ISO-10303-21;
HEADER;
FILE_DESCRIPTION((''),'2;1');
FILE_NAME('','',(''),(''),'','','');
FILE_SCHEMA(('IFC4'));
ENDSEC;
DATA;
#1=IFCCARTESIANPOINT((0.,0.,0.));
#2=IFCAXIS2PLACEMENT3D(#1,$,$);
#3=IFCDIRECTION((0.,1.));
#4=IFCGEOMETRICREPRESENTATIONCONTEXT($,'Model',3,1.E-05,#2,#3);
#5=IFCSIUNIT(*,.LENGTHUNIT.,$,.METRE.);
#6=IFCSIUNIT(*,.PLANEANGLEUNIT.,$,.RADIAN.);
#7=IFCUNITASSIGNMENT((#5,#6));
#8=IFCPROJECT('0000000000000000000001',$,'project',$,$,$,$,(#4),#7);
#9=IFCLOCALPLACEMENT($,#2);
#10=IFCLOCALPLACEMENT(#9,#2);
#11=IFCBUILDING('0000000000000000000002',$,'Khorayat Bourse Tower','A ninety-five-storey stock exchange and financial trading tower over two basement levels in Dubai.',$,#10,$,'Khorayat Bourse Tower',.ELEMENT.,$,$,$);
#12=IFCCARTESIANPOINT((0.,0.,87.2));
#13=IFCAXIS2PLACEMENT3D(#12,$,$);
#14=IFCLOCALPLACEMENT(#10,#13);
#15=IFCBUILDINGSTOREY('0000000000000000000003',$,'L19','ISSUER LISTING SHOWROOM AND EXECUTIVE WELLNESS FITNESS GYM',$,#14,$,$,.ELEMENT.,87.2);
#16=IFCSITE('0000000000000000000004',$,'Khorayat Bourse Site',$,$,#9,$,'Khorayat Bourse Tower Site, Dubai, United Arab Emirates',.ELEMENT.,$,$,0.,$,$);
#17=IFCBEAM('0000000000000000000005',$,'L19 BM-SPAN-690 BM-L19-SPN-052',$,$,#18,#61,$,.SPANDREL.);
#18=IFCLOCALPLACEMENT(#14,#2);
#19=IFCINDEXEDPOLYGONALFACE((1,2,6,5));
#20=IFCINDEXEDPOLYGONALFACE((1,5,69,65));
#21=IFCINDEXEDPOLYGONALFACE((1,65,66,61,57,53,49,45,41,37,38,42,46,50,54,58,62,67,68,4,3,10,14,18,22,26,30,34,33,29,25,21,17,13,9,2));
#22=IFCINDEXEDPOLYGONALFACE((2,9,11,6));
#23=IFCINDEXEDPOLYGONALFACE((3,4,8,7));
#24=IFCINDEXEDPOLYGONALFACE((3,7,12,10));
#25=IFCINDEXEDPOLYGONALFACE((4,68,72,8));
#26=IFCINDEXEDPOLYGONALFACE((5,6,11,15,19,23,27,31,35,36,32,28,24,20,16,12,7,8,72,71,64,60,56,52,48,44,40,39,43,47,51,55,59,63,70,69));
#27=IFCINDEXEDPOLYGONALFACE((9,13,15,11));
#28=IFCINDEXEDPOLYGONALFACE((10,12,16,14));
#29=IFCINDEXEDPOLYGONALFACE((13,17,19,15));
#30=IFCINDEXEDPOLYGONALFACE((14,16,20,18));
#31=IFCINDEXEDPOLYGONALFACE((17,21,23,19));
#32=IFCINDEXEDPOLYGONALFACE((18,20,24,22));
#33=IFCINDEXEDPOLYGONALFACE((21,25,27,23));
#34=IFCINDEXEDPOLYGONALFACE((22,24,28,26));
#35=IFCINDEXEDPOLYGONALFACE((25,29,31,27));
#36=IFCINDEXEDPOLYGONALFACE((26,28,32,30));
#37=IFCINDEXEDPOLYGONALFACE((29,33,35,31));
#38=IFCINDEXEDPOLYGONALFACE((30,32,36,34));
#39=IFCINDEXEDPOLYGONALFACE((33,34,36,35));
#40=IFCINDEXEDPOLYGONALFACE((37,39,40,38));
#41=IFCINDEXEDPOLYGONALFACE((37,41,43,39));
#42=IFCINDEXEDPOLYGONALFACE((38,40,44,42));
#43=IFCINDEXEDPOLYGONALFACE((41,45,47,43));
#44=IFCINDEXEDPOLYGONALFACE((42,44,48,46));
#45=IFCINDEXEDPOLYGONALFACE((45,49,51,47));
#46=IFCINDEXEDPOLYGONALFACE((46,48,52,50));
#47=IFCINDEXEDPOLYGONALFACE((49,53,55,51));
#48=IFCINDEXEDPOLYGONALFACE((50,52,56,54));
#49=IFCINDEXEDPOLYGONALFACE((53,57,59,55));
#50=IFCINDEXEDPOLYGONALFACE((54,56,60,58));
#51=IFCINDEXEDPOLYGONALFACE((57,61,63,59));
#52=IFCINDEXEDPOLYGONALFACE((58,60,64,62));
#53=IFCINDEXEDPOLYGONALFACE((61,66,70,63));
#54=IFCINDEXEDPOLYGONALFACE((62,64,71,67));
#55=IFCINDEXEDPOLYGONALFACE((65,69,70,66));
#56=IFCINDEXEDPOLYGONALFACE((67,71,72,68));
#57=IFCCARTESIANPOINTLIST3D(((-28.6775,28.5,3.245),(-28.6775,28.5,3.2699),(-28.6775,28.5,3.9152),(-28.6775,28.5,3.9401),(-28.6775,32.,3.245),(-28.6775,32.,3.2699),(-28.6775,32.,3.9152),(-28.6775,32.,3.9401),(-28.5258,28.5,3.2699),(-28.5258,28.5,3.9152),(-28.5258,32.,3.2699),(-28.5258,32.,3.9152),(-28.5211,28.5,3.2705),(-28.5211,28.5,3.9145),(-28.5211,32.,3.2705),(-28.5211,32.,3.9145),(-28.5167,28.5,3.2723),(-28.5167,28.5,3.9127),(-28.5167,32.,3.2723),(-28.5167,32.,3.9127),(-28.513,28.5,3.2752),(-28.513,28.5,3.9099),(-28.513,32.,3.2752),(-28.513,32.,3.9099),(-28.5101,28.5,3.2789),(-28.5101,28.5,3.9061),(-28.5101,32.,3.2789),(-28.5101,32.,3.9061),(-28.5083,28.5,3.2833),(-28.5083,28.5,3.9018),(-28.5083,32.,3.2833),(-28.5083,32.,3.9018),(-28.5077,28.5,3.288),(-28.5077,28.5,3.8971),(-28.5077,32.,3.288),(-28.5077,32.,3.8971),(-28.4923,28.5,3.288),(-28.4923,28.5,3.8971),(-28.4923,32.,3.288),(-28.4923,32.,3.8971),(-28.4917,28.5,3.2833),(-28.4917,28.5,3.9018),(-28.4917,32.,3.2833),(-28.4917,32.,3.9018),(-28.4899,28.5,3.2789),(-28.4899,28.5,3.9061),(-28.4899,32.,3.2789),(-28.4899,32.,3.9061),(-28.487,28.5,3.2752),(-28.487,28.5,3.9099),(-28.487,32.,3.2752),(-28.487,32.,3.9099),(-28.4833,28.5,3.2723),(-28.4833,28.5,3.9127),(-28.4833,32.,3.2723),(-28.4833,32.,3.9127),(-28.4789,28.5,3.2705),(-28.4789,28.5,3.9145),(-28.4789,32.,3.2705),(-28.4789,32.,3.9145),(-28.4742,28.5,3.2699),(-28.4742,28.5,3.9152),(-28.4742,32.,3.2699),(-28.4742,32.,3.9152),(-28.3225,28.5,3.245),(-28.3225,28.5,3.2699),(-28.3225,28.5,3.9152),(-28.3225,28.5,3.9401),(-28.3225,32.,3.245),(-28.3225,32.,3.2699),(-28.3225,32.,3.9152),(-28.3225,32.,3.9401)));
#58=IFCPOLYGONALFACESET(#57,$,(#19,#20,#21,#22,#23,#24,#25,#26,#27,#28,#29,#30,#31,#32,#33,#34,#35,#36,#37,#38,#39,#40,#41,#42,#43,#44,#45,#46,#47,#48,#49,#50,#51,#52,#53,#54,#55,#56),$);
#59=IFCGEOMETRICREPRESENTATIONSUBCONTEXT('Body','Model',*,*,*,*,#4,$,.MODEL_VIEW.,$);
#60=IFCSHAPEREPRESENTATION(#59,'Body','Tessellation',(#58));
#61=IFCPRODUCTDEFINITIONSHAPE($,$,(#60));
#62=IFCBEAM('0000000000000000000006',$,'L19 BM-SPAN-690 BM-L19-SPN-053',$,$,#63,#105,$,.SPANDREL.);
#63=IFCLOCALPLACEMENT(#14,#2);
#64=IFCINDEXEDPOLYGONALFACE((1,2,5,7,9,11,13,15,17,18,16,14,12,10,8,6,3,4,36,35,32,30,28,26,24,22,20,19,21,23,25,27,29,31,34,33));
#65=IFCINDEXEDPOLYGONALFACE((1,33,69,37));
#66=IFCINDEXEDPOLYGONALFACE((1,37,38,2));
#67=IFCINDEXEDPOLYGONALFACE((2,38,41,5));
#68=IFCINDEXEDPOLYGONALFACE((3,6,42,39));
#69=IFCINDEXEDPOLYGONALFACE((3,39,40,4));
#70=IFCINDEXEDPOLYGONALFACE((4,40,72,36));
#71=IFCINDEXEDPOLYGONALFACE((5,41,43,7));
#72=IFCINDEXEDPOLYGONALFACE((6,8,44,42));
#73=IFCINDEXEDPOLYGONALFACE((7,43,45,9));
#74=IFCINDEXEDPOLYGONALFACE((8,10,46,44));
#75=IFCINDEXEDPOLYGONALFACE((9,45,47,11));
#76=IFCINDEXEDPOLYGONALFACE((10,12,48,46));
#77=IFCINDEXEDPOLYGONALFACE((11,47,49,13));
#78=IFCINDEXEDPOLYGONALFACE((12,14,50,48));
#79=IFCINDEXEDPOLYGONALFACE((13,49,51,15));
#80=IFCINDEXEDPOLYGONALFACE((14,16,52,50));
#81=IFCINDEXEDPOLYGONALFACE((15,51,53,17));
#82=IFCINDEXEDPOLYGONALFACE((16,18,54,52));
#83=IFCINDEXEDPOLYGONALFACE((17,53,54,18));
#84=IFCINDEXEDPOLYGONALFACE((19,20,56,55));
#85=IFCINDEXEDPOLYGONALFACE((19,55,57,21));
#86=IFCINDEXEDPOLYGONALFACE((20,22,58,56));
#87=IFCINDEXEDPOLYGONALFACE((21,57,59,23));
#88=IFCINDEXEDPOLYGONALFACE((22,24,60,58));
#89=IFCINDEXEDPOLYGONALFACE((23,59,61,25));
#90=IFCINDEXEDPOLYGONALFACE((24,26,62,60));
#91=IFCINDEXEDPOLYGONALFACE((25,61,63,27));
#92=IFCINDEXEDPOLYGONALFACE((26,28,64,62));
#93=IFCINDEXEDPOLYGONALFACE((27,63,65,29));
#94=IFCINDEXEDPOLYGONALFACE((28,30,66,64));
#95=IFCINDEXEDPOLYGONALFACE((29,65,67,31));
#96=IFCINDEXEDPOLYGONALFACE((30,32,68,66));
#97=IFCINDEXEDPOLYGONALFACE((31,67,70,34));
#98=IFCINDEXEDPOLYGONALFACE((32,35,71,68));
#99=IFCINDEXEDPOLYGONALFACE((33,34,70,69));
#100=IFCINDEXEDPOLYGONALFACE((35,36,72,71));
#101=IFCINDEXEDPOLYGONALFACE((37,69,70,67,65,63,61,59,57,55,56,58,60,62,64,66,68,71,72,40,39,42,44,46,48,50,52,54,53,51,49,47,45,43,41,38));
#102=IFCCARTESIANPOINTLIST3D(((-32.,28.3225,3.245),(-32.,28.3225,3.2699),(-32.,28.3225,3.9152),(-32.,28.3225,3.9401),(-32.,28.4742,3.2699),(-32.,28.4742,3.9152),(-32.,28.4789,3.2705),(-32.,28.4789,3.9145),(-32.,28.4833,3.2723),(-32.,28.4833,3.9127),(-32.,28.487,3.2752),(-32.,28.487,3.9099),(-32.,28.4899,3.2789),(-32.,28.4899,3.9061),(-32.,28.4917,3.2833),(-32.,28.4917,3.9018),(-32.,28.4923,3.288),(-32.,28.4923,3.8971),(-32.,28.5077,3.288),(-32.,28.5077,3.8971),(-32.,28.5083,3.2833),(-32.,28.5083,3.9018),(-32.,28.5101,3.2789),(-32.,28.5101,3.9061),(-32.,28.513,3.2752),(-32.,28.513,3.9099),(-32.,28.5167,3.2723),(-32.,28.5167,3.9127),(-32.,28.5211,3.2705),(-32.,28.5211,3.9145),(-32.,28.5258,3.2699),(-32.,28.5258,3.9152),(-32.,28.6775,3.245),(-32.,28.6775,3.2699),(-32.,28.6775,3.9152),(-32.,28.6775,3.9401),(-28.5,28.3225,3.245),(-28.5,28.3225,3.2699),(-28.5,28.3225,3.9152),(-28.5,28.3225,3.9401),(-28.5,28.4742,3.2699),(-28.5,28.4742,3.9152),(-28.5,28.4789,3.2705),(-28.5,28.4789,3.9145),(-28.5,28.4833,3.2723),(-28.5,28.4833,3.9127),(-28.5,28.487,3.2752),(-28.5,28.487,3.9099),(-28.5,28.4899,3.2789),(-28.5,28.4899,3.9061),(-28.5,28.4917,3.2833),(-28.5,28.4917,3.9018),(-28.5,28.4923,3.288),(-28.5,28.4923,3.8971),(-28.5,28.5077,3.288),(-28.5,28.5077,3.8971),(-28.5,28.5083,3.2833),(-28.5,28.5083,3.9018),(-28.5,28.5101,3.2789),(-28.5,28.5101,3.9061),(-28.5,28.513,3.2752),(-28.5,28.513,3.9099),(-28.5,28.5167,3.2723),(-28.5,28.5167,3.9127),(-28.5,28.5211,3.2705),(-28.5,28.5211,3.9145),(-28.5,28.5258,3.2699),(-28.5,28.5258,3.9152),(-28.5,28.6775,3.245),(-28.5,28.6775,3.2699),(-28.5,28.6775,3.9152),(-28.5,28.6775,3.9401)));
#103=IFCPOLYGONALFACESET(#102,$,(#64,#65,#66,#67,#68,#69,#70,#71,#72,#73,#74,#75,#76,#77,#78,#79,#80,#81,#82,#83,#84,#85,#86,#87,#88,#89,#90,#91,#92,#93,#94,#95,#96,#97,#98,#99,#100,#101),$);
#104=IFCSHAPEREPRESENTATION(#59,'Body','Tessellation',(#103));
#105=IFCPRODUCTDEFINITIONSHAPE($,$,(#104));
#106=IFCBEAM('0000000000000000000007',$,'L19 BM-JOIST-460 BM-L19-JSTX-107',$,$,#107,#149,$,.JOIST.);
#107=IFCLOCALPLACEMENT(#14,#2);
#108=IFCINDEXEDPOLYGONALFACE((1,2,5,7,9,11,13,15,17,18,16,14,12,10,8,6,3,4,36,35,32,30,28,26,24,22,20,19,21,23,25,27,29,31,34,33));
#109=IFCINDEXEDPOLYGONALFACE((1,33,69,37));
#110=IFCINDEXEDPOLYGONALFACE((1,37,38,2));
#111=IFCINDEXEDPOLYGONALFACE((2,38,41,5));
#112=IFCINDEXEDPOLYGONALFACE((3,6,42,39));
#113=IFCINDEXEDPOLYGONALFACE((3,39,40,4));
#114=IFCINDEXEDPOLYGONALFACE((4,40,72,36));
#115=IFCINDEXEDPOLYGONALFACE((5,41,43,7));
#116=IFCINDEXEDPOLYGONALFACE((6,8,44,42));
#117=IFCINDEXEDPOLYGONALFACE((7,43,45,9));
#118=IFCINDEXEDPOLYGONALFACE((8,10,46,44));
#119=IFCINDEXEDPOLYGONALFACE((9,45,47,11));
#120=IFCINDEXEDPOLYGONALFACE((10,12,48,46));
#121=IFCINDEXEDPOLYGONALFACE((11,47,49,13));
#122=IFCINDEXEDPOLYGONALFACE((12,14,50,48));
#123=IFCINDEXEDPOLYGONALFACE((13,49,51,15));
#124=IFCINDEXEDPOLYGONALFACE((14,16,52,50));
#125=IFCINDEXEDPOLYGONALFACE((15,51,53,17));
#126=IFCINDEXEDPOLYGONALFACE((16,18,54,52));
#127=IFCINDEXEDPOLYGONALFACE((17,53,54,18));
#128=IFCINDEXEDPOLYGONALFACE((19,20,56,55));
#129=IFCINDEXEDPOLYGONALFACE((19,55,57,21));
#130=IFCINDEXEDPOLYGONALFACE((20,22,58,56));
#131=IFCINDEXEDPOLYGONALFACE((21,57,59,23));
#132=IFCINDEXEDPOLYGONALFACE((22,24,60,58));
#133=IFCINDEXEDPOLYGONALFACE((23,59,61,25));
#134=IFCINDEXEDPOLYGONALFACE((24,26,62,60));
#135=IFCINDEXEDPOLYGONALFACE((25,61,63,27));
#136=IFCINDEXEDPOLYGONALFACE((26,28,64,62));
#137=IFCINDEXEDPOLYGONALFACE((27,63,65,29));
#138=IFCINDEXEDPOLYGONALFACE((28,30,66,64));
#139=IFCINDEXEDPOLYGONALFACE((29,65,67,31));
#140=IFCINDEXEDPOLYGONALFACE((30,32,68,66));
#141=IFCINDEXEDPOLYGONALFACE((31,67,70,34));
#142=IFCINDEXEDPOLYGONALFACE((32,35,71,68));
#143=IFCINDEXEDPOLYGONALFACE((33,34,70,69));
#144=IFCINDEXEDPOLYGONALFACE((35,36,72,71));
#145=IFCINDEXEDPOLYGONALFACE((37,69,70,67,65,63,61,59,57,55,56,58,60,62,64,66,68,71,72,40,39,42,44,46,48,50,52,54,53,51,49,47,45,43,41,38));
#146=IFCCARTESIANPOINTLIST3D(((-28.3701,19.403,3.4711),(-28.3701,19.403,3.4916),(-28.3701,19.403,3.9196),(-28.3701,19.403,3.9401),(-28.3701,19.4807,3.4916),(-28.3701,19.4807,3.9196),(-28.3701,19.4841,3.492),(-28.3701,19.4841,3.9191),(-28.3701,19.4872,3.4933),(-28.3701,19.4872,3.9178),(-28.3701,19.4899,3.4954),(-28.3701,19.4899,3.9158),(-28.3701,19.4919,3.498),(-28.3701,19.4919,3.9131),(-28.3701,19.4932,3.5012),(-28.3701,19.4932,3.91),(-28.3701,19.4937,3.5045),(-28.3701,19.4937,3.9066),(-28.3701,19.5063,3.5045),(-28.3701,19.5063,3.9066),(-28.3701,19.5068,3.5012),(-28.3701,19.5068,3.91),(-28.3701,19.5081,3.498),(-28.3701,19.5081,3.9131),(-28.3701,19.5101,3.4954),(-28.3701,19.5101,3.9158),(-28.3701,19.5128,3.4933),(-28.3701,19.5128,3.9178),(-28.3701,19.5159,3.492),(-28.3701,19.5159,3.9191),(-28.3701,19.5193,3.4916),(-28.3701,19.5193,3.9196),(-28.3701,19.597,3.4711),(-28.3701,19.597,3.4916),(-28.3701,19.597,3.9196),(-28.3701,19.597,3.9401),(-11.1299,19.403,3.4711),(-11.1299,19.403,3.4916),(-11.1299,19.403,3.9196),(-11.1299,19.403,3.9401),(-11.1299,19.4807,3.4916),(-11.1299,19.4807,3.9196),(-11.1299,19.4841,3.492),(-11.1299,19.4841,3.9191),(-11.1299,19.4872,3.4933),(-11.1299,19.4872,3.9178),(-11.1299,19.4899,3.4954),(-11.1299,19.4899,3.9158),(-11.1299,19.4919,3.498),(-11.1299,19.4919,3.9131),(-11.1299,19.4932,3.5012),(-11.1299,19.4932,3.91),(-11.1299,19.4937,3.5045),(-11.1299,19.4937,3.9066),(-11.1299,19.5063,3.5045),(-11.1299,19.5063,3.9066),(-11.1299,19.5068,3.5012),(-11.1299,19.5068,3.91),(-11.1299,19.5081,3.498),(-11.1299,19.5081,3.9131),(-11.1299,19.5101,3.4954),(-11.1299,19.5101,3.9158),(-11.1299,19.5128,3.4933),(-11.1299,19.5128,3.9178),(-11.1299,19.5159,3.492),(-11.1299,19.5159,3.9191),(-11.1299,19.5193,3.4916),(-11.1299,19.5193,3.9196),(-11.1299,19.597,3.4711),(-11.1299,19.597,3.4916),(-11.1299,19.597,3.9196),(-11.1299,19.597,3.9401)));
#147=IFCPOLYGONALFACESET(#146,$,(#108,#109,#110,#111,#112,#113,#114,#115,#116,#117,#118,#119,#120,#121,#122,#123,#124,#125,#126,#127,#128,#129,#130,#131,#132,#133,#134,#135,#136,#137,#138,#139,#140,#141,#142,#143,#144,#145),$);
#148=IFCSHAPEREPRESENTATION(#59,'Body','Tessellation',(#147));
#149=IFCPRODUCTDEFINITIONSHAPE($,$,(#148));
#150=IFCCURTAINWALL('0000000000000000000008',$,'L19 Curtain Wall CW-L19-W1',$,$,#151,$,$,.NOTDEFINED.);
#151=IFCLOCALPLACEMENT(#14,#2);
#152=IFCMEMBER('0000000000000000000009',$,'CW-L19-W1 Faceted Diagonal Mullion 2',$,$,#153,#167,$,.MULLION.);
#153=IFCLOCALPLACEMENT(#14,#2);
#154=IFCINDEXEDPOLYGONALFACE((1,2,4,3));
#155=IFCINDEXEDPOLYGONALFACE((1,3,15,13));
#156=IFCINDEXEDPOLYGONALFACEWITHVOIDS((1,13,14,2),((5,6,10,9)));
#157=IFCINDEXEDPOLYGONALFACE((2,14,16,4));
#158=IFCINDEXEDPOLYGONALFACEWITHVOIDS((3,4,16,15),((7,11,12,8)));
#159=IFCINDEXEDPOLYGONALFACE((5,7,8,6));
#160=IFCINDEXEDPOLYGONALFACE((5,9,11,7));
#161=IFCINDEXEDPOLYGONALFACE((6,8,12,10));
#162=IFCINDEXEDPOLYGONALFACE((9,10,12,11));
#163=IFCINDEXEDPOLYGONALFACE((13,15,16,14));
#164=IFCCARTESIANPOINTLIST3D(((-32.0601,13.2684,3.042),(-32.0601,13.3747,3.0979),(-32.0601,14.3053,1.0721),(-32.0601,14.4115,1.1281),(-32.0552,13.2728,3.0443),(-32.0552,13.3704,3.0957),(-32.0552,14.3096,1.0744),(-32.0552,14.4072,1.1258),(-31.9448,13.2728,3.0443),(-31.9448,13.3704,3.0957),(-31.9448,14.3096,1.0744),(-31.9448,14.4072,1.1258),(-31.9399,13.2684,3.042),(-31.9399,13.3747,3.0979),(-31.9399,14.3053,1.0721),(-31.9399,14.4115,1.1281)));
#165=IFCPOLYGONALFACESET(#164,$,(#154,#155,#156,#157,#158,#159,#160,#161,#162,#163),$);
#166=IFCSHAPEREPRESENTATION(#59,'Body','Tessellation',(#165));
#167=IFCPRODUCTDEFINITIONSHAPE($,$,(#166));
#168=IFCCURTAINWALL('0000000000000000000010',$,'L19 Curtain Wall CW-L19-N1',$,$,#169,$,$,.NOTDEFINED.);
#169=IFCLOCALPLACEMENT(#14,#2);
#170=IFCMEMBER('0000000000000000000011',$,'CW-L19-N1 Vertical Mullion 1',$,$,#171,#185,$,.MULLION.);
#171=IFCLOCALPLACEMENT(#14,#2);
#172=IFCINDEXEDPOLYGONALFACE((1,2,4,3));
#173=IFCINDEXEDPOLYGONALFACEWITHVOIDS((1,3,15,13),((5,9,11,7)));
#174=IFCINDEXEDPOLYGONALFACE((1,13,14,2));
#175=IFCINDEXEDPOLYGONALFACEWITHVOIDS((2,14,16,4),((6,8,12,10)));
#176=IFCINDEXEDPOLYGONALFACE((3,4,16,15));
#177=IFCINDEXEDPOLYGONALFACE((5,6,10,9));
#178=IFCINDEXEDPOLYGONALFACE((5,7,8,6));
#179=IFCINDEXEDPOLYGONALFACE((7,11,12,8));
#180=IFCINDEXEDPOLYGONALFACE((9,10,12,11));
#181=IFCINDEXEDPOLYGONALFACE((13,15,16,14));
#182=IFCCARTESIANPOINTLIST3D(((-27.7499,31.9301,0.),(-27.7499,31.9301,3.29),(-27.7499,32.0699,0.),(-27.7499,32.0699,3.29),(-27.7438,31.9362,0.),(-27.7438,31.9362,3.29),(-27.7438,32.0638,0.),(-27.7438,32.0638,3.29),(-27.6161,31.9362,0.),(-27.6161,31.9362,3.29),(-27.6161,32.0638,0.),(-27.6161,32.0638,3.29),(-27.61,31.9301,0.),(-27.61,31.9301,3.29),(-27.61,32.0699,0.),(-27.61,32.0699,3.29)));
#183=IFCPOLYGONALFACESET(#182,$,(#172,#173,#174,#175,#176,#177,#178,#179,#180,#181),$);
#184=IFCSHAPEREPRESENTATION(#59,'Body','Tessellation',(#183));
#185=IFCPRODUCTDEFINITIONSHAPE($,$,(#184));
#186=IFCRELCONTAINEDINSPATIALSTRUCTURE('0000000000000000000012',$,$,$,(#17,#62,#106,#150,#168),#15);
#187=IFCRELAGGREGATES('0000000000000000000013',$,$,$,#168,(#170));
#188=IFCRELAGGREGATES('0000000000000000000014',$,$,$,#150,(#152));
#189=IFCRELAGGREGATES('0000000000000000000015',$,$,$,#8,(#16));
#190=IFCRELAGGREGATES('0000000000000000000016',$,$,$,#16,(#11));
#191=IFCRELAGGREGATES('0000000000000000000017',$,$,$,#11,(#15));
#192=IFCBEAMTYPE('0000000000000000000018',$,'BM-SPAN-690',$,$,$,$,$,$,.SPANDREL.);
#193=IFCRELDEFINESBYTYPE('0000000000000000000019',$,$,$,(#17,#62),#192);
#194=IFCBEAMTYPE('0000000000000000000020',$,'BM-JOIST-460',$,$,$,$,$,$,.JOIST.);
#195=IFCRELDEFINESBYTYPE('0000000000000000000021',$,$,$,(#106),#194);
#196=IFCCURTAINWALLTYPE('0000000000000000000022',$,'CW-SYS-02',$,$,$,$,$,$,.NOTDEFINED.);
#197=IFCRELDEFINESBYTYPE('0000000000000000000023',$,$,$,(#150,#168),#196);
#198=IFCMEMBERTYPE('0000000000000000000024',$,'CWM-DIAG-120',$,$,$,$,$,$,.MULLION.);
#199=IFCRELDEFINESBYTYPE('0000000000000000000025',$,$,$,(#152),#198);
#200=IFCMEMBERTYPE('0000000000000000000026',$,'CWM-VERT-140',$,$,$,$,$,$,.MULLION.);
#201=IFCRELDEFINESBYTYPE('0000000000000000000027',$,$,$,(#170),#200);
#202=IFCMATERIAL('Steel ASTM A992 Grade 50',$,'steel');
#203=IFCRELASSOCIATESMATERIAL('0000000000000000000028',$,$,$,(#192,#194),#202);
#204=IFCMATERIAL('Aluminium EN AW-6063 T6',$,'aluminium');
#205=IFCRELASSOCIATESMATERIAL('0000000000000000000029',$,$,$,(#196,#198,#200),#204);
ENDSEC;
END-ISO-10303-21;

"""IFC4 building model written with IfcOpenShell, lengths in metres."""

from ifc_helpers import new_model, si_unit, direction, frame, origin, origin_2d, place, context, subcontext, project, spatial, hollow_rectangle, i_section, extrude, source, transform, mapped, material, material_profile, profile_set, type_object, element, aggregate, save


model = new_model("IFC4")

# Units and contexts
model_context = context("Model", 3, precision=1e-05, world=origin(), true_north=direction((0.0, 1.0)))
body_context = subcontext(model_context, "Body", "Model", "MODEL_VIEW")
ifc_project = project(units=[si_unit("LENGTHUNIT", "METRE"), si_unit("PLANEANGLEUNIT", "RADIAN")], contexts=[model_context])

# Site, building, storey
site_placement = place(None, origin())
site = spatial("IfcSite", under=ifc_project, at=site_placement, Name="Khorayat Bourse Site", LongName="Khorayat Bourse Tower Site, Dubai, United Arab Emirates", CompositionType="ELEMENT", RefElevation=0.0)
building_placement = place(site_placement, origin())
building = spatial("IfcBuilding", under=site, at=building_placement, Name="Khorayat Bourse Tower", Description="A ninety-five-storey stock exchange and financial trading tower over two basement levels in Dubai.", LongName="Khorayat Bourse Tower", CompositionType="ELEMENT")
storey_placement = place(building_placement, frame((0.0, 0.0, 87.2)))
storey = spatial("IfcBuildingStorey", under=building, at=storey_placement, Name="L19", Description="ISSUER LISTING SHOWROOM AND EXECUTIVE WELLNESS FITNESS GYM", CompositionType="ELEMENT", Elevation=87.2)

# Beams
ifc_material_1 = material(Name="Steel ASTM A992 Grade 50", Category="steel")
ifc_material_profile_1 = material_profile(ifc_material_1, i_section(OverallWidth=0.355, OverallDepth=0.6951, WebThickness=0.0154, FlangeThickness=0.0249, FilletRadius=0.0181, at=origin_2d()), Name="W690X217")
ifc_profile_set_1 = profile_set([ifc_material_profile_1], Name="Steel ASTM A992 Grade 50")
beam_type_1 = type_object("IfcBeamType", Name="BM-SPAN-690", PredefinedType="SPANDREL", material=ifc_profile_set_1)
shared_shape_1 = source(origin(), body_context, "Body", "SweptSolid", [
    extrude(i_section(OverallWidth=0.355, OverallDepth=0.6951, WebThickness=0.0154, FlangeThickness=0.0249, FilletRadius=0.0181, at=origin_2d()), origin(), (0.0, 0.0, 1.0), 3.5),
])
for number, where, z_axis, x_axis, name in (
    (1, (-28.5, 28.5, 3.5925), (0.0, 1.0, 0.0), (-1.0, 0.0, 0.0), "L19 BM-SPAN-690 BM-L19-SPN-052"),
    (2, (-32.0, 28.5, 3.5925), (1.0, 0.0, 0.0), (0.0, 1.0, 0.0), "L19 BM-SPAN-690 BM-L19-SPN-053"),
):
    element("IfcBeam", number, at=place(storey_placement, frame(where, z_axis=z_axis, x_axis=x_axis)), inside=storey, type_object=beam_type_1, Name=name, PredefinedType="SPANDREL", context=body_context, shape_type="MappedRepresentation", body=[
        mapped(shared_shape_1, transform((0.0, 0.0, 0.0), scale=1.0)),
    ])
ifc_material_profile_2 = material_profile(ifc_material_1, i_section(OverallWidth=0.1941, OverallDepth=0.469, WebThickness=0.0127, FlangeThickness=0.0205, FilletRadius=0.0129, at=origin_2d()), Name="W460X106")
ifc_profile_set_2 = profile_set([ifc_material_profile_2], Name="Steel ASTM A992 Grade 50")
beam_type_2 = type_object("IfcBeamType", Name="BM-JOIST-460", PredefinedType="JOIST", material=ifc_profile_set_2)
shared_shape_2 = source(origin(), body_context, "Body", "SweptSolid", [
    extrude(i_section(OverallWidth=0.1941, OverallDepth=0.469, WebThickness=0.0127, FlangeThickness=0.0205, FilletRadius=0.0129, at=origin_2d()), origin(), (0.0, 0.0, 1.0), 17.2402),
])
beam_1_placement = place(storey_placement, frame((-28.3701, 19.5, 3.7056), z_axis=(1.0, 0.0, 0.0), x_axis=(0.0, 1.0, 0.0)))
element("IfcBeam", 3, at=beam_1_placement, inside=storey, type_object=beam_type_2, Name="L19 BM-JOIST-460 BM-L19-JSTX-107", PredefinedType="JOIST", context=body_context, shape_type="MappedRepresentation", body=[
    mapped(shared_shape_2, transform((0.0, 0.0, 0.0), scale=1.0)),
])

# Curtain walls, members
ifc_material_2 = material(Name="Aluminium EN AW-6063 T6", Category="aluminium")
curtain_wall_type = type_object("IfcCurtainWallType", Name="CW-SYS-02", PredefinedType="NOTDEFINED", material=ifc_material_2)
curtain_wall_1_placement = place(storey_placement, origin())
curtain_wall_1 = element("IfcCurtainWall", 4, at=curtain_wall_1_placement, inside=storey, type_object=curtain_wall_type, Name="L19 Curtain Wall CW-L19-W1", PredefinedType="NOTDEFINED")
ifc_material_profile_3 = material_profile(ifc_material_2, hollow_rectangle(XDim=0.1201, YDim=0.1201, WallThickness=0.0049, at=origin_2d()), Name="ALU 120x120x5")
ifc_profile_set_3 = profile_set([ifc_material_profile_3], Name="Aluminium EN AW-6063 T6")
member_type_1 = type_object("IfcMemberType", Name="CWM-DIAG-120", PredefinedType="MULLION", material=ifc_profile_set_3)
shared_shape_3 = source(origin(), body_context, "Body", "SweptSolid", [
    extrude(hollow_rectangle(XDim=0.1201, YDim=0.1201, WallThickness=0.0049, at=origin_2d()), origin(), (0.0, 0.0, 1.0), 2.2261),
])
member_1_placement = place(storey_placement, frame((-32.0, 14.3584, 1.1001), z_axis=(0.0, -0.46576, 0.884911), x_axis=(1.0, 0.0, 0.0)))
member_1 = element("IfcMember", 5, at=member_1_placement, type_object=member_type_1, Name="CW-L19-W1 Faceted Diagonal Mullion 2", PredefinedType="MULLION", context=body_context, shape_type="MappedRepresentation", body=[
    mapped(shared_shape_3, transform((0.0, 0.0, 0.0), scale=1.0)),
])
curtain_wall_2_placement = place(storey_placement, origin())
curtain_wall_2 = element("IfcCurtainWall", 6, at=curtain_wall_2_placement, inside=storey, type_object=curtain_wall_type, Name="L19 Curtain Wall CW-L19-N1", PredefinedType="NOTDEFINED")
ifc_material_profile_4 = material_profile(ifc_material_2, hollow_rectangle(XDim=0.1399, YDim=0.1399, WallThickness=0.0061, at=origin_2d()), Name="ALU 140x140x6")
ifc_profile_set_4 = profile_set([ifc_material_profile_4], Name="Aluminium EN AW-6063 T6")
member_type_2 = type_object("IfcMemberType", Name="CWM-VERT-140", PredefinedType="MULLION", material=ifc_profile_set_4)
shared_shape_4 = source(origin(), body_context, "Body", "SweptSolid", [
    extrude(hollow_rectangle(XDim=0.1399, YDim=0.1399, WallThickness=0.0061, at=origin_2d()), origin(), (0.0, 0.0, 1.0), 3.29),
])
member_2_placement = place(storey_placement, frame((-27.6799, 32.0, 0.0), z_axis=(0.0, 0.0, 1.0), x_axis=(0.0, 1.0, 0.0)))
member_2 = element("IfcMember", 7, at=member_2_placement, type_object=member_type_2, Name="CW-L19-N1 Vertical Mullion 1", PredefinedType="MULLION", context=body_context, shape_type="MappedRepresentation", body=[
    mapped(shared_shape_4, transform((0.0, 0.0, 0.0), scale=1.0)),
])

aggregate(curtain_wall_2, [member_2])

aggregate(curtain_wall_1, [member_1])

save(model, "model.ifc")
